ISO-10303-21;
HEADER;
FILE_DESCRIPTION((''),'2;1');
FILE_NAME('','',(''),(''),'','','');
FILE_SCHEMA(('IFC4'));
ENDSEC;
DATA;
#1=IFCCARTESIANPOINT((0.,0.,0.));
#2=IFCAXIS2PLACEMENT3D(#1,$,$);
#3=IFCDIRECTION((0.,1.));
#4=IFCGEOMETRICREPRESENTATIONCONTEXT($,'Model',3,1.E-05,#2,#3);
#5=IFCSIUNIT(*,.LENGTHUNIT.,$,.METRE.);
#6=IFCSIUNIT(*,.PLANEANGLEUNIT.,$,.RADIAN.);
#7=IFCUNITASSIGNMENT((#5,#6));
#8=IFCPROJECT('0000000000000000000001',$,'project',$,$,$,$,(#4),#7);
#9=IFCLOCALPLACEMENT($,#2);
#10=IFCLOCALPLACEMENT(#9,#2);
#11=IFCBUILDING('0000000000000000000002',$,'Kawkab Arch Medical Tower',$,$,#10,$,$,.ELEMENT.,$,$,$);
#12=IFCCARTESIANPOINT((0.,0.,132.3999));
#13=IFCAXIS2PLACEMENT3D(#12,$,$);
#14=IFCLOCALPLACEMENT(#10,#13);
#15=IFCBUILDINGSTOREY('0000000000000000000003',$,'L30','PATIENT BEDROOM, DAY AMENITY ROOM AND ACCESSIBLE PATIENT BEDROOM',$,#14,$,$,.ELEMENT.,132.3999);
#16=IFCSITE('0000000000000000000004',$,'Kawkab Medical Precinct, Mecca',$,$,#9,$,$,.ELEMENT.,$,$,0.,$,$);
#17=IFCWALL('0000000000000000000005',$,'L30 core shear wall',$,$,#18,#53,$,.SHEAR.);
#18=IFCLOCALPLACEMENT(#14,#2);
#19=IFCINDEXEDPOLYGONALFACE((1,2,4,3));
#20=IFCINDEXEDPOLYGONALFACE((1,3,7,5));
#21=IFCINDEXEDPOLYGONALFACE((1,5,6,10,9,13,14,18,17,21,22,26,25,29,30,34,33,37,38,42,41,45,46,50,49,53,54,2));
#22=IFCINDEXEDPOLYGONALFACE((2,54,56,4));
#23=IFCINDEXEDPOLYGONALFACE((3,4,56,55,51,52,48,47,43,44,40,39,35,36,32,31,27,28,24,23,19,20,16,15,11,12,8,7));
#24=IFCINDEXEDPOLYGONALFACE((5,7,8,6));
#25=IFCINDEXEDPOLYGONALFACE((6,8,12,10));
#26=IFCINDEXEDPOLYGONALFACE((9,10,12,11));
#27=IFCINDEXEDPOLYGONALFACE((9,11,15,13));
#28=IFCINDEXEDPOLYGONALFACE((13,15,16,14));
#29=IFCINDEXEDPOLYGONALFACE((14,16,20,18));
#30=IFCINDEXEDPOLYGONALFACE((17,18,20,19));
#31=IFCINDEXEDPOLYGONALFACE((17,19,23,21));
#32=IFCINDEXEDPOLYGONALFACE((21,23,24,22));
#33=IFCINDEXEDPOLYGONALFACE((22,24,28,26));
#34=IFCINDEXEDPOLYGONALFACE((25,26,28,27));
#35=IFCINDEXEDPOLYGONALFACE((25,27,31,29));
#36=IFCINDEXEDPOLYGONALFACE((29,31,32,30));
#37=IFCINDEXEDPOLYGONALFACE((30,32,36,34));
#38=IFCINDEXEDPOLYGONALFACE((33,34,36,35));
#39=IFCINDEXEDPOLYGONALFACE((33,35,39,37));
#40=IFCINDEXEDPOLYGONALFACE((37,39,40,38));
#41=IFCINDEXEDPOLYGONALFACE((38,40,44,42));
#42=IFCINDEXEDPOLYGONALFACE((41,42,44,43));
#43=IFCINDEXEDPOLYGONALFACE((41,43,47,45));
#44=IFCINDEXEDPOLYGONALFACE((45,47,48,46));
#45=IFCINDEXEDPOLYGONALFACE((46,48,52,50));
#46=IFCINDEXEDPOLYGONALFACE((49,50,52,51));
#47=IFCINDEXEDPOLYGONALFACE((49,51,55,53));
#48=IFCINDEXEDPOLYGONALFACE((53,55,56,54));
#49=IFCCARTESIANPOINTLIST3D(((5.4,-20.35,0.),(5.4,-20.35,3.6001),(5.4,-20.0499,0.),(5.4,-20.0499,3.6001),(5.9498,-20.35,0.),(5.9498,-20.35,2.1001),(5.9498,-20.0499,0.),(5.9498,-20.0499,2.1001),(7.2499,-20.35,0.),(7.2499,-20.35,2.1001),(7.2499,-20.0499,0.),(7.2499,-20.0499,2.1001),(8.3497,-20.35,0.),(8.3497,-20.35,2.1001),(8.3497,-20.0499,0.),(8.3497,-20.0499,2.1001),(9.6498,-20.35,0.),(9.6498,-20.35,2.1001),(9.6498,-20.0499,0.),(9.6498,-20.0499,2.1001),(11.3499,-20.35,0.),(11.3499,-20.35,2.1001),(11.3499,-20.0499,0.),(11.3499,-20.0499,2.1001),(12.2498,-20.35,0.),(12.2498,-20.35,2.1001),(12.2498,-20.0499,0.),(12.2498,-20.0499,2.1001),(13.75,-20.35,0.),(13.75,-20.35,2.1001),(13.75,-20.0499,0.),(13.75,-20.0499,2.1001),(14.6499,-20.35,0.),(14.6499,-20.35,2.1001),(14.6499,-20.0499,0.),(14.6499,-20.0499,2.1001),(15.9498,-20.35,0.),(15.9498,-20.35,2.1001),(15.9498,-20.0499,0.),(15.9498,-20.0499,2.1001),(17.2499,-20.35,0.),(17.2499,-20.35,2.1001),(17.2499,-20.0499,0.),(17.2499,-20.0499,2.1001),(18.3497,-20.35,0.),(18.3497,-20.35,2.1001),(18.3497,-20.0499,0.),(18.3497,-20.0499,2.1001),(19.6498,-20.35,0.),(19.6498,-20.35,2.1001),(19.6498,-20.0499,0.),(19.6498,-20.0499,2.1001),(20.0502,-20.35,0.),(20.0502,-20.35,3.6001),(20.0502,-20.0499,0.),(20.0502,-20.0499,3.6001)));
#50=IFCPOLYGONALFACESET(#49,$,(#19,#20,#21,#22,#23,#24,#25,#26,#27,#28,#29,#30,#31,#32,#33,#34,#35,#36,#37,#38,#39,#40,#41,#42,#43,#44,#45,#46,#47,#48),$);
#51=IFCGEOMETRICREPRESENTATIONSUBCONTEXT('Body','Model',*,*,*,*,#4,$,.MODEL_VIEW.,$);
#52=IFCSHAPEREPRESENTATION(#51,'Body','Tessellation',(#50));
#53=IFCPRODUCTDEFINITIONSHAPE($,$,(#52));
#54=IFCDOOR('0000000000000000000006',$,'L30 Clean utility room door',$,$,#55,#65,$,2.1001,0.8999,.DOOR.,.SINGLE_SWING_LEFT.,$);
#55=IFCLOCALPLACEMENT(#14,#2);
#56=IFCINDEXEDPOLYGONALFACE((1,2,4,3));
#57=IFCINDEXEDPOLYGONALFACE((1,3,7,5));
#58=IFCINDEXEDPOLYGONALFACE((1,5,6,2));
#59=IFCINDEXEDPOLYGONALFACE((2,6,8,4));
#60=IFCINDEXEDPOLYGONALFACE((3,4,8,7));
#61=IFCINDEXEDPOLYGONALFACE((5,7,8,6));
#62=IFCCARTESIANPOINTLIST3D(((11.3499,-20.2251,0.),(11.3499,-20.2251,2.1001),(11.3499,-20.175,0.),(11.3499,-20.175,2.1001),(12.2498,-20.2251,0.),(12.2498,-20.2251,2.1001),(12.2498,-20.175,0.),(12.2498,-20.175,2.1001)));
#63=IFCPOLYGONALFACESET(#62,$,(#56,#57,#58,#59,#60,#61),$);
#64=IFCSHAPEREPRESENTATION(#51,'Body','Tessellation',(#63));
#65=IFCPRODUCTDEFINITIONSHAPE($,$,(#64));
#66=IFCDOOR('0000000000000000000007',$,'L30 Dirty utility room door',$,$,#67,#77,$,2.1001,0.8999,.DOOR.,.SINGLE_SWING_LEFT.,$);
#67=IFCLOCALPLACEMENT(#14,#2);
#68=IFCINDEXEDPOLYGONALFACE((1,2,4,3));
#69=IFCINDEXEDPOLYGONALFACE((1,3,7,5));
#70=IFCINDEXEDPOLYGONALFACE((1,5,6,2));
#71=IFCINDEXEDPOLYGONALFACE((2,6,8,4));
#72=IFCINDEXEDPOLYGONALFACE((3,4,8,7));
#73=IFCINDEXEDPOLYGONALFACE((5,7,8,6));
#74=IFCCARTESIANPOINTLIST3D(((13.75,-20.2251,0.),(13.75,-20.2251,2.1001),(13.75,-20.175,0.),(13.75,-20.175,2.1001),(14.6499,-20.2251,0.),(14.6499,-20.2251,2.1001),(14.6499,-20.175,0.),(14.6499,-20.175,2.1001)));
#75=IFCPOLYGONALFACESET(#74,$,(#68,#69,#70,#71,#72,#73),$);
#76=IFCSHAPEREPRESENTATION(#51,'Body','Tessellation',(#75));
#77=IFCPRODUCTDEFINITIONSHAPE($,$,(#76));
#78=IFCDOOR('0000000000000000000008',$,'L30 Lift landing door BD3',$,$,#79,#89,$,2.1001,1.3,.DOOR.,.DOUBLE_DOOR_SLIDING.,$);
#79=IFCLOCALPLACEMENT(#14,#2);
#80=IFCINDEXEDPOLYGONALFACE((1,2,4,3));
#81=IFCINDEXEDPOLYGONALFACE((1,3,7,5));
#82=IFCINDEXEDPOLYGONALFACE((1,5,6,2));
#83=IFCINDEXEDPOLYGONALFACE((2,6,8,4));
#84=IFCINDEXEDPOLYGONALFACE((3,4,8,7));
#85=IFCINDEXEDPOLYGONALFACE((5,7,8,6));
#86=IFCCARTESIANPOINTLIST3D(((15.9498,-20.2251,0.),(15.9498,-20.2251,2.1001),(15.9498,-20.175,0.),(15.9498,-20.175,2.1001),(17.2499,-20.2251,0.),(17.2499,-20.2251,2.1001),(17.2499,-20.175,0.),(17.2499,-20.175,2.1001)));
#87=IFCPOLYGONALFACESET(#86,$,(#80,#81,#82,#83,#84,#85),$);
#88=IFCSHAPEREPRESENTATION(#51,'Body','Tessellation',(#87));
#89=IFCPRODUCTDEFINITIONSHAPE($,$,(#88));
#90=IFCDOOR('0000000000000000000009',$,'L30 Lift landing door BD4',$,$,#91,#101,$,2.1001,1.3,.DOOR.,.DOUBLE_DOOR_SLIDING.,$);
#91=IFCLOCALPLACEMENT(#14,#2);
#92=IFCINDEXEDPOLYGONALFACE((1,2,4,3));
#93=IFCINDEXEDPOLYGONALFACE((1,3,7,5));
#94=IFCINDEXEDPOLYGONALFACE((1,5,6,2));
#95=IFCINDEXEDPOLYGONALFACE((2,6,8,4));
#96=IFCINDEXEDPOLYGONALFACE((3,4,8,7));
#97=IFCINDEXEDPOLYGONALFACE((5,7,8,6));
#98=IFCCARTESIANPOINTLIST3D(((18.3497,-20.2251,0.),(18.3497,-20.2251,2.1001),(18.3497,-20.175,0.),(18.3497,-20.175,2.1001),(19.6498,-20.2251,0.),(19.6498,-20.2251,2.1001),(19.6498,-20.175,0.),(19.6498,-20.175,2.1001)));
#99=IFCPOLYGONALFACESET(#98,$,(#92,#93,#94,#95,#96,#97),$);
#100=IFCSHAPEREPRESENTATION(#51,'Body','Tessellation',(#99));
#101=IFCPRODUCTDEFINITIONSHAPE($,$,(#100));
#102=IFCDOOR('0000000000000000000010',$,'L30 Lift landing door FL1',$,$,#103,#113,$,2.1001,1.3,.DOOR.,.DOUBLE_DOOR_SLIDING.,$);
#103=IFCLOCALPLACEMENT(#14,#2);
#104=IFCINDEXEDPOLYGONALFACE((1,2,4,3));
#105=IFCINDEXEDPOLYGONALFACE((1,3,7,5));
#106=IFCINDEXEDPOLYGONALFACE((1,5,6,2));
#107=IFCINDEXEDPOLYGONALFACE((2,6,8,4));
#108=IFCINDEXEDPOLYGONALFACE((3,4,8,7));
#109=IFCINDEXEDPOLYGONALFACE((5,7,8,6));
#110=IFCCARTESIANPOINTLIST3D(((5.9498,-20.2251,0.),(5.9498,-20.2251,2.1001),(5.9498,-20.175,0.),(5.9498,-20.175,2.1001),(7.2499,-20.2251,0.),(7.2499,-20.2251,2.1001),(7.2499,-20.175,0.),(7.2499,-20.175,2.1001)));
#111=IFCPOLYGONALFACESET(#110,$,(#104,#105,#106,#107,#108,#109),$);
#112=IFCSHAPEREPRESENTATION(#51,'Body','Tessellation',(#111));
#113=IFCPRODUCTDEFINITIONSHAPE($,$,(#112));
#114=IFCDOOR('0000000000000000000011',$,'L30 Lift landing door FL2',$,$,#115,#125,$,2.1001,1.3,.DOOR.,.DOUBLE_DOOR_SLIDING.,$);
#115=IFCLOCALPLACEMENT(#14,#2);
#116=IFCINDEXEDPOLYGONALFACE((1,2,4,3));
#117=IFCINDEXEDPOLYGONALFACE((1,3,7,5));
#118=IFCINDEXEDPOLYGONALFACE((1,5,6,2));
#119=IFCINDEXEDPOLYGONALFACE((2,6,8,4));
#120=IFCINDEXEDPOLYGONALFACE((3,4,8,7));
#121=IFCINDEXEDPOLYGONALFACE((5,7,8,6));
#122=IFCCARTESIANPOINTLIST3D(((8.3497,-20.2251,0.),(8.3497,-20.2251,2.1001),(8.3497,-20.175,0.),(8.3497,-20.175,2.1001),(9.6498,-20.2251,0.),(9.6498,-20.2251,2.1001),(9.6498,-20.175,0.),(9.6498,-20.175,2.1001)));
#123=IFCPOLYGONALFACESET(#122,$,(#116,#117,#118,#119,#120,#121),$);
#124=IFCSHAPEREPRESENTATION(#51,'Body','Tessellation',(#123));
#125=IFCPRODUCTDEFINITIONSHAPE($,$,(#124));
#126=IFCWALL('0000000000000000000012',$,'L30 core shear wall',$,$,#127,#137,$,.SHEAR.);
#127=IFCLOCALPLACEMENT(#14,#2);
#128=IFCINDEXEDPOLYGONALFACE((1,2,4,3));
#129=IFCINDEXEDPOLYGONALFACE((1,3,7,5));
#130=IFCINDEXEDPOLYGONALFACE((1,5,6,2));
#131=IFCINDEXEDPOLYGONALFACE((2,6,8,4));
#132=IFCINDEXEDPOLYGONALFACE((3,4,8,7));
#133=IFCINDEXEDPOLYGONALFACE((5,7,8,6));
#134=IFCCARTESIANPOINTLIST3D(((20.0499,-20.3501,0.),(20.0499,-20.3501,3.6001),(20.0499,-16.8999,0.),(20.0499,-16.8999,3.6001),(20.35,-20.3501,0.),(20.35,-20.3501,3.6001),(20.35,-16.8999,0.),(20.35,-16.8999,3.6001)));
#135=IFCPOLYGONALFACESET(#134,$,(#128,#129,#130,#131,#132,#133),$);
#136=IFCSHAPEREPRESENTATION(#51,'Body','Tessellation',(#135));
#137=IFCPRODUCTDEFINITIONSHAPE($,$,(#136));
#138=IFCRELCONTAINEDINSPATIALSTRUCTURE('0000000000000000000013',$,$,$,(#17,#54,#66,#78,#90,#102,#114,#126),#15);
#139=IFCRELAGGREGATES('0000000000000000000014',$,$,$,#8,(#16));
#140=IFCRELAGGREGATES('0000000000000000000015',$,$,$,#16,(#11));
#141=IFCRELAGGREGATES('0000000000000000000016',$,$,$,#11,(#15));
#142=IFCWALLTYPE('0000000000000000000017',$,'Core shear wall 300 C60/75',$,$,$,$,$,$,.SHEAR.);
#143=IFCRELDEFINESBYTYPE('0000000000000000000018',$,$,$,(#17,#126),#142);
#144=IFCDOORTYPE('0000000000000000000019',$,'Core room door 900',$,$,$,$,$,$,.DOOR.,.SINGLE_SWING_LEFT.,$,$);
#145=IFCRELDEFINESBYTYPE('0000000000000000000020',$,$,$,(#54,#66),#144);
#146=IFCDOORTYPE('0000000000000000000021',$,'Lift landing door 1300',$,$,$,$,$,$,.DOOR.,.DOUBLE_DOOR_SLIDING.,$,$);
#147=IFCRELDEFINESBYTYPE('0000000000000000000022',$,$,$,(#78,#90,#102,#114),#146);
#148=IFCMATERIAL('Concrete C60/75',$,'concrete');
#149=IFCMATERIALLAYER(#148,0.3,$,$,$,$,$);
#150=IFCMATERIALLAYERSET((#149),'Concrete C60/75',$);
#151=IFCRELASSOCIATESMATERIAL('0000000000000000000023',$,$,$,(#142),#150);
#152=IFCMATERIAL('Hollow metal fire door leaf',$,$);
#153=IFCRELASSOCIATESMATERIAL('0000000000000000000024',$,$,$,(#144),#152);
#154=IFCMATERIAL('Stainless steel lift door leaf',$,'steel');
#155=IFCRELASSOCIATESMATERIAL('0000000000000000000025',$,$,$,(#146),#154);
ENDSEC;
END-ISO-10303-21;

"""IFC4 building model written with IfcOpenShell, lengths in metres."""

from ifc_helpers import new_model, si_unit, direction, frame, frame_2d, origin, place, context, subcontext, project, spatial, rectangle, extrude, material, layer, layer_set, type_object, element, fill, save


model = new_model("IFC4")

# Units and contexts
model_context = context("Model", 3, precision=1e-05, world=origin(), true_north=direction((0.0, 1.0)))
body_context = subcontext(model_context, "Body", "Model", "MODEL_VIEW")
ifc_project = project(units=[si_unit("LENGTHUNIT", "METRE"), si_unit("PLANEANGLEUNIT", "RADIAN")], contexts=[model_context])

# Site, building, storey
site_placement = place(None, origin())
site = spatial("IfcSite", under=ifc_project, at=site_placement, Name="Kawkab Medical Precinct, Mecca", CompositionType="ELEMENT", RefElevation=0.0)
building_placement = place(site_placement, origin())
building = spatial("IfcBuilding", under=site, at=building_placement, Name="Kawkab Arch Medical Tower", CompositionType="ELEMENT")
storey_placement = place(building_placement, frame((0.0, 0.0, 132.3999)))
storey = spatial("IfcBuildingStorey", under=building, at=storey_placement, Name="L30", Description="PATIENT BEDROOM, DAY AMENITY ROOM AND ACCESSIBLE PATIENT BEDROOM", CompositionType="ELEMENT", Elevation=132.3999)

# Wall, openings, doors
ifc_material_1 = material(Name="Concrete C60/75", Category="concrete")
ifc_layer_1 = layer(ifc_material_1, 0.3)
ifc_layer_set_1 = layer_set([ifc_layer_1], Name="Concrete C60/75")
wall_type_1 = type_object("IfcWallType", Name="Core shear wall 300 C60/75", PredefinedType="SHEAR", material=ifc_layer_set_1)
wall_1_placement = place(storey_placement, frame((5.3999, -20.2, 0.0), z_axis=(0.0, 0.0, 1.0), x_axis=(1.0, 0.0, 0.0)))
wall_1 = element("IfcWall", 1, at=wall_1_placement, inside=storey, type_object=wall_type_1, Name="L30 core shear wall", PredefinedType="SHEAR", context=body_context, shape_type="SweptSolid", body=[
    extrude(rectangle(XDim=14.6501, YDim=0.3, at=frame_2d((7.3252, 0.0))), origin(), (0.0, 0.0, 1.0), 3.6001),
])
opening_1_placement = place(wall_1_placement, frame((10.55, 0.0, 0.0)))
opening_1 = element("IfcOpeningElement", 2, at=opening_1_placement, cuts=wall_1, PredefinedType="OPENING", context=body_context, shape_type="SweptSolid", body=[
    extrude(rectangle(XDim=1.3, YDim=2.1001, at=frame_2d((0.6499, 1.05))), frame((0.0, 0.1599, 0.0), z_axis=(0.0, -1.0, 0.0), x_axis=(1.0, 0.0, 0.0)), (0.0, 0.0, 1.0), 0.3201),
])
opening_2_placement = place(wall_1_placement, frame((12.95, 0.0, 0.0)))
opening_2 = element("IfcOpeningElement", 3, at=opening_2_placement, cuts=wall_1, PredefinedType="OPENING", context=body_context, shape_type="SweptSolid", body=[
    extrude(rectangle(XDim=1.3, YDim=2.1001, at=frame_2d((0.6499, 1.05))), frame((0.0, 0.1599, 0.0), z_axis=(0.0, -1.0, 0.0), x_axis=(1.0, 0.0, 0.0)), (0.0, 0.0, 1.0), 0.3201),
])
opening_3_placement = place(wall_1_placement, frame((0.55, 0.0, 0.0)))
opening_3 = element("IfcOpeningElement", 4, at=opening_3_placement, cuts=wall_1, PredefinedType="OPENING", context=body_context, shape_type="SweptSolid", body=[
    extrude(rectangle(XDim=1.3, YDim=2.1001, at=frame_2d((0.6499, 1.05))), frame((0.0, 0.1599, 0.0), z_axis=(0.0, -1.0, 0.0), x_axis=(1.0, 0.0, 0.0)), (0.0, 0.0, 1.0), 0.3201),
])
opening_4_placement = place(wall_1_placement, frame((2.95, 0.0, 0.0)))
opening_4 = element("IfcOpeningElement", 5, at=opening_4_placement, cuts=wall_1, PredefinedType="OPENING", context=body_context, shape_type="SweptSolid", body=[
    extrude(rectangle(XDim=1.3, YDim=2.1001, at=frame_2d((0.6499, 1.05))), frame((0.0, 0.1599, 0.0), z_axis=(0.0, -1.0, 0.0), x_axis=(1.0, 0.0, 0.0)), (0.0, 0.0, 1.0), 0.3201),
])
opening_5_placement = place(wall_1_placement, frame((5.95, 0.0, 0.0)))
opening_5 = element("IfcOpeningElement", 6, at=opening_5_placement, cuts=wall_1, PredefinedType="OPENING", context=body_context, shape_type="SweptSolid", body=[
    extrude(rectangle(XDim=0.8999, YDim=2.1001, at=frame_2d((0.45, 1.05))), frame((0.0, 0.1599, 0.0), z_axis=(0.0, -1.0, 0.0), x_axis=(1.0, 0.0, 0.0)), (0.0, 0.0, 1.0), 0.3201),
])
opening_6_placement = place(wall_1_placement, frame((8.3501, 0.0, 0.0)))
opening_6 = element("IfcOpeningElement", 7, at=opening_6_placement, cuts=wall_1, PredefinedType="OPENING", context=body_context, shape_type="SweptSolid", body=[
    extrude(rectangle(XDim=0.8999, YDim=2.1001, at=frame_2d((0.45, 1.05))), frame((0.0, 0.1599, 0.0), z_axis=(0.0, -1.0, 0.0), x_axis=(1.0, 0.0, 0.0)), (0.0, 0.0, 1.0), 0.3201),
])
ifc_material_2 = material(Name="Hollow metal fire door leaf")
door_type_1 = type_object("IfcDoorType", Name="Core room door 900", OperationType="SINGLE_SWING_LEFT", PredefinedType="DOOR", material=ifc_material_2)
door_1_placement = place(opening_5_placement, origin())
door_1 = element("IfcDoor", 8, at=door_1_placement, inside=storey, type_object=door_type_1, Name="L30 Clean utility room door", OperationType="SINGLE_SWING_LEFT", OverallHeight=2.1001, OverallWidth=0.8999, PredefinedType="DOOR", context=body_context, shape_type="SweptSolid", body=[
    extrude(rectangle(XDim=0.8999, YDim=2.1001, at=frame_2d((0.45, 1.05))), frame((0.0, 0.0249, 0.0), z_axis=(0.0, -1.0, 0.0), x_axis=(1.0, 0.0, 0.0)), (0.0, 0.0, 1.0), 0.05),
])
fill(opening_5, door_1)
door_2_placement = place(opening_6_placement, origin())
door_2 = element("IfcDoor", 9, at=door_2_placement, inside=storey, type_object=door_type_1, Name="L30 Dirty utility room door", OperationType="SINGLE_SWING_LEFT", OverallHeight=2.1001, OverallWidth=0.8999, PredefinedType="DOOR", context=body_context, shape_type="SweptSolid", body=[
    extrude(rectangle(XDim=0.8999, YDim=2.1001, at=frame_2d((0.45, 1.05))), frame((0.0, 0.0249, 0.0), z_axis=(0.0, -1.0, 0.0), x_axis=(1.0, 0.0, 0.0)), (0.0, 0.0, 1.0), 0.05),
])
fill(opening_6, door_2)
ifc_material_3 = material(Name="Stainless steel lift door leaf", Category="steel")
door_type_2 = type_object("IfcDoorType", Name="Lift landing door 1300", OperationType="DOUBLE_DOOR_SLIDING", PredefinedType="DOOR", material=ifc_material_3)
door_3_placement = place(opening_1_placement, origin())
door_3 = element("IfcDoor", 10, at=door_3_placement, inside=storey, type_object=door_type_2, Name="L30 Lift landing door BD3", OperationType="DOUBLE_DOOR_SLIDING", OverallHeight=2.1001, OverallWidth=1.3, PredefinedType="DOOR", context=body_context, shape_type="SweptSolid", body=[
    extrude(rectangle(XDim=1.3, YDim=2.1001, at=frame_2d((0.6499, 1.05))), frame((0.0, 0.0249, 0.0), z_axis=(0.0, -1.0, 0.0), x_axis=(1.0, 0.0, 0.0)), (0.0, 0.0, 1.0), 0.05),
])
fill(opening_1, door_3)
door_4_placement = place(opening_2_placement, origin())
door_4 = element("IfcDoor", 11, at=door_4_placement, inside=storey, type_object=door_type_2, Name="L30 Lift landing door BD4", OperationType="DOUBLE_DOOR_SLIDING", OverallHeight=2.1001, OverallWidth=1.3, PredefinedType="DOOR", context=body_context, shape_type="SweptSolid", body=[
    extrude(rectangle(XDim=1.3, YDim=2.1001, at=frame_2d((0.6499, 1.05))), frame((0.0, 0.0249, 0.0), z_axis=(0.0, -1.0, 0.0), x_axis=(1.0, 0.0, 0.0)), (0.0, 0.0, 1.0), 0.05),
])
fill(opening_2, door_4)
door_5_placement = place(opening_3_placement, origin())
door_5 = element("IfcDoor", 12, at=door_5_placement, inside=storey, type_object=door_type_2, Name="L30 Lift landing door FL1", OperationType="DOUBLE_DOOR_SLIDING", OverallHeight=2.1001, OverallWidth=1.3, PredefinedType="DOOR", context=body_context, shape_type="SweptSolid", body=[
    extrude(rectangle(XDim=1.3, YDim=2.1001, at=frame_2d((0.6499, 1.05))), frame((0.0, 0.0249, 0.0), z_axis=(0.0, -1.0, 0.0), x_axis=(1.0, 0.0, 0.0)), (0.0, 0.0, 1.0), 0.05),
])
fill(opening_3, door_5)
door_6_placement = place(opening_4_placement, origin())
door_6 = element("IfcDoor", 13, at=door_6_placement, inside=storey, type_object=door_type_2, Name="L30 Lift landing door FL2", OperationType="DOUBLE_DOOR_SLIDING", OverallHeight=2.1001, OverallWidth=1.3, PredefinedType="DOOR", context=body_context, shape_type="SweptSolid", body=[
    extrude(rectangle(XDim=1.3, YDim=2.1001, at=frame_2d((0.6499, 1.05))), frame((0.0, 0.0249, 0.0), z_axis=(0.0, -1.0, 0.0), x_axis=(1.0, 0.0, 0.0)), (0.0, 0.0, 1.0), 0.05),
])
fill(opening_4, door_6)

# Wall
wall_2_placement = place(storey_placement, frame((20.2, -20.3501, 0.0), z_axis=(0.0, 0.0, 1.0), x_axis=(0.0, 1.0, 0.0)))
element("IfcWall", 14, at=wall_2_placement, inside=storey, type_object=wall_type_1, Name="L30 core shear wall", PredefinedType="SHEAR", context=body_context, shape_type="SweptSolid", body=[
    extrude(rectangle(XDim=3.4502, YDim=0.3, at=frame_2d((1.7251, 0.0))), origin(), (0.0, 0.0, 1.0), 3.6001),
])

save(model, "model.ifc")
